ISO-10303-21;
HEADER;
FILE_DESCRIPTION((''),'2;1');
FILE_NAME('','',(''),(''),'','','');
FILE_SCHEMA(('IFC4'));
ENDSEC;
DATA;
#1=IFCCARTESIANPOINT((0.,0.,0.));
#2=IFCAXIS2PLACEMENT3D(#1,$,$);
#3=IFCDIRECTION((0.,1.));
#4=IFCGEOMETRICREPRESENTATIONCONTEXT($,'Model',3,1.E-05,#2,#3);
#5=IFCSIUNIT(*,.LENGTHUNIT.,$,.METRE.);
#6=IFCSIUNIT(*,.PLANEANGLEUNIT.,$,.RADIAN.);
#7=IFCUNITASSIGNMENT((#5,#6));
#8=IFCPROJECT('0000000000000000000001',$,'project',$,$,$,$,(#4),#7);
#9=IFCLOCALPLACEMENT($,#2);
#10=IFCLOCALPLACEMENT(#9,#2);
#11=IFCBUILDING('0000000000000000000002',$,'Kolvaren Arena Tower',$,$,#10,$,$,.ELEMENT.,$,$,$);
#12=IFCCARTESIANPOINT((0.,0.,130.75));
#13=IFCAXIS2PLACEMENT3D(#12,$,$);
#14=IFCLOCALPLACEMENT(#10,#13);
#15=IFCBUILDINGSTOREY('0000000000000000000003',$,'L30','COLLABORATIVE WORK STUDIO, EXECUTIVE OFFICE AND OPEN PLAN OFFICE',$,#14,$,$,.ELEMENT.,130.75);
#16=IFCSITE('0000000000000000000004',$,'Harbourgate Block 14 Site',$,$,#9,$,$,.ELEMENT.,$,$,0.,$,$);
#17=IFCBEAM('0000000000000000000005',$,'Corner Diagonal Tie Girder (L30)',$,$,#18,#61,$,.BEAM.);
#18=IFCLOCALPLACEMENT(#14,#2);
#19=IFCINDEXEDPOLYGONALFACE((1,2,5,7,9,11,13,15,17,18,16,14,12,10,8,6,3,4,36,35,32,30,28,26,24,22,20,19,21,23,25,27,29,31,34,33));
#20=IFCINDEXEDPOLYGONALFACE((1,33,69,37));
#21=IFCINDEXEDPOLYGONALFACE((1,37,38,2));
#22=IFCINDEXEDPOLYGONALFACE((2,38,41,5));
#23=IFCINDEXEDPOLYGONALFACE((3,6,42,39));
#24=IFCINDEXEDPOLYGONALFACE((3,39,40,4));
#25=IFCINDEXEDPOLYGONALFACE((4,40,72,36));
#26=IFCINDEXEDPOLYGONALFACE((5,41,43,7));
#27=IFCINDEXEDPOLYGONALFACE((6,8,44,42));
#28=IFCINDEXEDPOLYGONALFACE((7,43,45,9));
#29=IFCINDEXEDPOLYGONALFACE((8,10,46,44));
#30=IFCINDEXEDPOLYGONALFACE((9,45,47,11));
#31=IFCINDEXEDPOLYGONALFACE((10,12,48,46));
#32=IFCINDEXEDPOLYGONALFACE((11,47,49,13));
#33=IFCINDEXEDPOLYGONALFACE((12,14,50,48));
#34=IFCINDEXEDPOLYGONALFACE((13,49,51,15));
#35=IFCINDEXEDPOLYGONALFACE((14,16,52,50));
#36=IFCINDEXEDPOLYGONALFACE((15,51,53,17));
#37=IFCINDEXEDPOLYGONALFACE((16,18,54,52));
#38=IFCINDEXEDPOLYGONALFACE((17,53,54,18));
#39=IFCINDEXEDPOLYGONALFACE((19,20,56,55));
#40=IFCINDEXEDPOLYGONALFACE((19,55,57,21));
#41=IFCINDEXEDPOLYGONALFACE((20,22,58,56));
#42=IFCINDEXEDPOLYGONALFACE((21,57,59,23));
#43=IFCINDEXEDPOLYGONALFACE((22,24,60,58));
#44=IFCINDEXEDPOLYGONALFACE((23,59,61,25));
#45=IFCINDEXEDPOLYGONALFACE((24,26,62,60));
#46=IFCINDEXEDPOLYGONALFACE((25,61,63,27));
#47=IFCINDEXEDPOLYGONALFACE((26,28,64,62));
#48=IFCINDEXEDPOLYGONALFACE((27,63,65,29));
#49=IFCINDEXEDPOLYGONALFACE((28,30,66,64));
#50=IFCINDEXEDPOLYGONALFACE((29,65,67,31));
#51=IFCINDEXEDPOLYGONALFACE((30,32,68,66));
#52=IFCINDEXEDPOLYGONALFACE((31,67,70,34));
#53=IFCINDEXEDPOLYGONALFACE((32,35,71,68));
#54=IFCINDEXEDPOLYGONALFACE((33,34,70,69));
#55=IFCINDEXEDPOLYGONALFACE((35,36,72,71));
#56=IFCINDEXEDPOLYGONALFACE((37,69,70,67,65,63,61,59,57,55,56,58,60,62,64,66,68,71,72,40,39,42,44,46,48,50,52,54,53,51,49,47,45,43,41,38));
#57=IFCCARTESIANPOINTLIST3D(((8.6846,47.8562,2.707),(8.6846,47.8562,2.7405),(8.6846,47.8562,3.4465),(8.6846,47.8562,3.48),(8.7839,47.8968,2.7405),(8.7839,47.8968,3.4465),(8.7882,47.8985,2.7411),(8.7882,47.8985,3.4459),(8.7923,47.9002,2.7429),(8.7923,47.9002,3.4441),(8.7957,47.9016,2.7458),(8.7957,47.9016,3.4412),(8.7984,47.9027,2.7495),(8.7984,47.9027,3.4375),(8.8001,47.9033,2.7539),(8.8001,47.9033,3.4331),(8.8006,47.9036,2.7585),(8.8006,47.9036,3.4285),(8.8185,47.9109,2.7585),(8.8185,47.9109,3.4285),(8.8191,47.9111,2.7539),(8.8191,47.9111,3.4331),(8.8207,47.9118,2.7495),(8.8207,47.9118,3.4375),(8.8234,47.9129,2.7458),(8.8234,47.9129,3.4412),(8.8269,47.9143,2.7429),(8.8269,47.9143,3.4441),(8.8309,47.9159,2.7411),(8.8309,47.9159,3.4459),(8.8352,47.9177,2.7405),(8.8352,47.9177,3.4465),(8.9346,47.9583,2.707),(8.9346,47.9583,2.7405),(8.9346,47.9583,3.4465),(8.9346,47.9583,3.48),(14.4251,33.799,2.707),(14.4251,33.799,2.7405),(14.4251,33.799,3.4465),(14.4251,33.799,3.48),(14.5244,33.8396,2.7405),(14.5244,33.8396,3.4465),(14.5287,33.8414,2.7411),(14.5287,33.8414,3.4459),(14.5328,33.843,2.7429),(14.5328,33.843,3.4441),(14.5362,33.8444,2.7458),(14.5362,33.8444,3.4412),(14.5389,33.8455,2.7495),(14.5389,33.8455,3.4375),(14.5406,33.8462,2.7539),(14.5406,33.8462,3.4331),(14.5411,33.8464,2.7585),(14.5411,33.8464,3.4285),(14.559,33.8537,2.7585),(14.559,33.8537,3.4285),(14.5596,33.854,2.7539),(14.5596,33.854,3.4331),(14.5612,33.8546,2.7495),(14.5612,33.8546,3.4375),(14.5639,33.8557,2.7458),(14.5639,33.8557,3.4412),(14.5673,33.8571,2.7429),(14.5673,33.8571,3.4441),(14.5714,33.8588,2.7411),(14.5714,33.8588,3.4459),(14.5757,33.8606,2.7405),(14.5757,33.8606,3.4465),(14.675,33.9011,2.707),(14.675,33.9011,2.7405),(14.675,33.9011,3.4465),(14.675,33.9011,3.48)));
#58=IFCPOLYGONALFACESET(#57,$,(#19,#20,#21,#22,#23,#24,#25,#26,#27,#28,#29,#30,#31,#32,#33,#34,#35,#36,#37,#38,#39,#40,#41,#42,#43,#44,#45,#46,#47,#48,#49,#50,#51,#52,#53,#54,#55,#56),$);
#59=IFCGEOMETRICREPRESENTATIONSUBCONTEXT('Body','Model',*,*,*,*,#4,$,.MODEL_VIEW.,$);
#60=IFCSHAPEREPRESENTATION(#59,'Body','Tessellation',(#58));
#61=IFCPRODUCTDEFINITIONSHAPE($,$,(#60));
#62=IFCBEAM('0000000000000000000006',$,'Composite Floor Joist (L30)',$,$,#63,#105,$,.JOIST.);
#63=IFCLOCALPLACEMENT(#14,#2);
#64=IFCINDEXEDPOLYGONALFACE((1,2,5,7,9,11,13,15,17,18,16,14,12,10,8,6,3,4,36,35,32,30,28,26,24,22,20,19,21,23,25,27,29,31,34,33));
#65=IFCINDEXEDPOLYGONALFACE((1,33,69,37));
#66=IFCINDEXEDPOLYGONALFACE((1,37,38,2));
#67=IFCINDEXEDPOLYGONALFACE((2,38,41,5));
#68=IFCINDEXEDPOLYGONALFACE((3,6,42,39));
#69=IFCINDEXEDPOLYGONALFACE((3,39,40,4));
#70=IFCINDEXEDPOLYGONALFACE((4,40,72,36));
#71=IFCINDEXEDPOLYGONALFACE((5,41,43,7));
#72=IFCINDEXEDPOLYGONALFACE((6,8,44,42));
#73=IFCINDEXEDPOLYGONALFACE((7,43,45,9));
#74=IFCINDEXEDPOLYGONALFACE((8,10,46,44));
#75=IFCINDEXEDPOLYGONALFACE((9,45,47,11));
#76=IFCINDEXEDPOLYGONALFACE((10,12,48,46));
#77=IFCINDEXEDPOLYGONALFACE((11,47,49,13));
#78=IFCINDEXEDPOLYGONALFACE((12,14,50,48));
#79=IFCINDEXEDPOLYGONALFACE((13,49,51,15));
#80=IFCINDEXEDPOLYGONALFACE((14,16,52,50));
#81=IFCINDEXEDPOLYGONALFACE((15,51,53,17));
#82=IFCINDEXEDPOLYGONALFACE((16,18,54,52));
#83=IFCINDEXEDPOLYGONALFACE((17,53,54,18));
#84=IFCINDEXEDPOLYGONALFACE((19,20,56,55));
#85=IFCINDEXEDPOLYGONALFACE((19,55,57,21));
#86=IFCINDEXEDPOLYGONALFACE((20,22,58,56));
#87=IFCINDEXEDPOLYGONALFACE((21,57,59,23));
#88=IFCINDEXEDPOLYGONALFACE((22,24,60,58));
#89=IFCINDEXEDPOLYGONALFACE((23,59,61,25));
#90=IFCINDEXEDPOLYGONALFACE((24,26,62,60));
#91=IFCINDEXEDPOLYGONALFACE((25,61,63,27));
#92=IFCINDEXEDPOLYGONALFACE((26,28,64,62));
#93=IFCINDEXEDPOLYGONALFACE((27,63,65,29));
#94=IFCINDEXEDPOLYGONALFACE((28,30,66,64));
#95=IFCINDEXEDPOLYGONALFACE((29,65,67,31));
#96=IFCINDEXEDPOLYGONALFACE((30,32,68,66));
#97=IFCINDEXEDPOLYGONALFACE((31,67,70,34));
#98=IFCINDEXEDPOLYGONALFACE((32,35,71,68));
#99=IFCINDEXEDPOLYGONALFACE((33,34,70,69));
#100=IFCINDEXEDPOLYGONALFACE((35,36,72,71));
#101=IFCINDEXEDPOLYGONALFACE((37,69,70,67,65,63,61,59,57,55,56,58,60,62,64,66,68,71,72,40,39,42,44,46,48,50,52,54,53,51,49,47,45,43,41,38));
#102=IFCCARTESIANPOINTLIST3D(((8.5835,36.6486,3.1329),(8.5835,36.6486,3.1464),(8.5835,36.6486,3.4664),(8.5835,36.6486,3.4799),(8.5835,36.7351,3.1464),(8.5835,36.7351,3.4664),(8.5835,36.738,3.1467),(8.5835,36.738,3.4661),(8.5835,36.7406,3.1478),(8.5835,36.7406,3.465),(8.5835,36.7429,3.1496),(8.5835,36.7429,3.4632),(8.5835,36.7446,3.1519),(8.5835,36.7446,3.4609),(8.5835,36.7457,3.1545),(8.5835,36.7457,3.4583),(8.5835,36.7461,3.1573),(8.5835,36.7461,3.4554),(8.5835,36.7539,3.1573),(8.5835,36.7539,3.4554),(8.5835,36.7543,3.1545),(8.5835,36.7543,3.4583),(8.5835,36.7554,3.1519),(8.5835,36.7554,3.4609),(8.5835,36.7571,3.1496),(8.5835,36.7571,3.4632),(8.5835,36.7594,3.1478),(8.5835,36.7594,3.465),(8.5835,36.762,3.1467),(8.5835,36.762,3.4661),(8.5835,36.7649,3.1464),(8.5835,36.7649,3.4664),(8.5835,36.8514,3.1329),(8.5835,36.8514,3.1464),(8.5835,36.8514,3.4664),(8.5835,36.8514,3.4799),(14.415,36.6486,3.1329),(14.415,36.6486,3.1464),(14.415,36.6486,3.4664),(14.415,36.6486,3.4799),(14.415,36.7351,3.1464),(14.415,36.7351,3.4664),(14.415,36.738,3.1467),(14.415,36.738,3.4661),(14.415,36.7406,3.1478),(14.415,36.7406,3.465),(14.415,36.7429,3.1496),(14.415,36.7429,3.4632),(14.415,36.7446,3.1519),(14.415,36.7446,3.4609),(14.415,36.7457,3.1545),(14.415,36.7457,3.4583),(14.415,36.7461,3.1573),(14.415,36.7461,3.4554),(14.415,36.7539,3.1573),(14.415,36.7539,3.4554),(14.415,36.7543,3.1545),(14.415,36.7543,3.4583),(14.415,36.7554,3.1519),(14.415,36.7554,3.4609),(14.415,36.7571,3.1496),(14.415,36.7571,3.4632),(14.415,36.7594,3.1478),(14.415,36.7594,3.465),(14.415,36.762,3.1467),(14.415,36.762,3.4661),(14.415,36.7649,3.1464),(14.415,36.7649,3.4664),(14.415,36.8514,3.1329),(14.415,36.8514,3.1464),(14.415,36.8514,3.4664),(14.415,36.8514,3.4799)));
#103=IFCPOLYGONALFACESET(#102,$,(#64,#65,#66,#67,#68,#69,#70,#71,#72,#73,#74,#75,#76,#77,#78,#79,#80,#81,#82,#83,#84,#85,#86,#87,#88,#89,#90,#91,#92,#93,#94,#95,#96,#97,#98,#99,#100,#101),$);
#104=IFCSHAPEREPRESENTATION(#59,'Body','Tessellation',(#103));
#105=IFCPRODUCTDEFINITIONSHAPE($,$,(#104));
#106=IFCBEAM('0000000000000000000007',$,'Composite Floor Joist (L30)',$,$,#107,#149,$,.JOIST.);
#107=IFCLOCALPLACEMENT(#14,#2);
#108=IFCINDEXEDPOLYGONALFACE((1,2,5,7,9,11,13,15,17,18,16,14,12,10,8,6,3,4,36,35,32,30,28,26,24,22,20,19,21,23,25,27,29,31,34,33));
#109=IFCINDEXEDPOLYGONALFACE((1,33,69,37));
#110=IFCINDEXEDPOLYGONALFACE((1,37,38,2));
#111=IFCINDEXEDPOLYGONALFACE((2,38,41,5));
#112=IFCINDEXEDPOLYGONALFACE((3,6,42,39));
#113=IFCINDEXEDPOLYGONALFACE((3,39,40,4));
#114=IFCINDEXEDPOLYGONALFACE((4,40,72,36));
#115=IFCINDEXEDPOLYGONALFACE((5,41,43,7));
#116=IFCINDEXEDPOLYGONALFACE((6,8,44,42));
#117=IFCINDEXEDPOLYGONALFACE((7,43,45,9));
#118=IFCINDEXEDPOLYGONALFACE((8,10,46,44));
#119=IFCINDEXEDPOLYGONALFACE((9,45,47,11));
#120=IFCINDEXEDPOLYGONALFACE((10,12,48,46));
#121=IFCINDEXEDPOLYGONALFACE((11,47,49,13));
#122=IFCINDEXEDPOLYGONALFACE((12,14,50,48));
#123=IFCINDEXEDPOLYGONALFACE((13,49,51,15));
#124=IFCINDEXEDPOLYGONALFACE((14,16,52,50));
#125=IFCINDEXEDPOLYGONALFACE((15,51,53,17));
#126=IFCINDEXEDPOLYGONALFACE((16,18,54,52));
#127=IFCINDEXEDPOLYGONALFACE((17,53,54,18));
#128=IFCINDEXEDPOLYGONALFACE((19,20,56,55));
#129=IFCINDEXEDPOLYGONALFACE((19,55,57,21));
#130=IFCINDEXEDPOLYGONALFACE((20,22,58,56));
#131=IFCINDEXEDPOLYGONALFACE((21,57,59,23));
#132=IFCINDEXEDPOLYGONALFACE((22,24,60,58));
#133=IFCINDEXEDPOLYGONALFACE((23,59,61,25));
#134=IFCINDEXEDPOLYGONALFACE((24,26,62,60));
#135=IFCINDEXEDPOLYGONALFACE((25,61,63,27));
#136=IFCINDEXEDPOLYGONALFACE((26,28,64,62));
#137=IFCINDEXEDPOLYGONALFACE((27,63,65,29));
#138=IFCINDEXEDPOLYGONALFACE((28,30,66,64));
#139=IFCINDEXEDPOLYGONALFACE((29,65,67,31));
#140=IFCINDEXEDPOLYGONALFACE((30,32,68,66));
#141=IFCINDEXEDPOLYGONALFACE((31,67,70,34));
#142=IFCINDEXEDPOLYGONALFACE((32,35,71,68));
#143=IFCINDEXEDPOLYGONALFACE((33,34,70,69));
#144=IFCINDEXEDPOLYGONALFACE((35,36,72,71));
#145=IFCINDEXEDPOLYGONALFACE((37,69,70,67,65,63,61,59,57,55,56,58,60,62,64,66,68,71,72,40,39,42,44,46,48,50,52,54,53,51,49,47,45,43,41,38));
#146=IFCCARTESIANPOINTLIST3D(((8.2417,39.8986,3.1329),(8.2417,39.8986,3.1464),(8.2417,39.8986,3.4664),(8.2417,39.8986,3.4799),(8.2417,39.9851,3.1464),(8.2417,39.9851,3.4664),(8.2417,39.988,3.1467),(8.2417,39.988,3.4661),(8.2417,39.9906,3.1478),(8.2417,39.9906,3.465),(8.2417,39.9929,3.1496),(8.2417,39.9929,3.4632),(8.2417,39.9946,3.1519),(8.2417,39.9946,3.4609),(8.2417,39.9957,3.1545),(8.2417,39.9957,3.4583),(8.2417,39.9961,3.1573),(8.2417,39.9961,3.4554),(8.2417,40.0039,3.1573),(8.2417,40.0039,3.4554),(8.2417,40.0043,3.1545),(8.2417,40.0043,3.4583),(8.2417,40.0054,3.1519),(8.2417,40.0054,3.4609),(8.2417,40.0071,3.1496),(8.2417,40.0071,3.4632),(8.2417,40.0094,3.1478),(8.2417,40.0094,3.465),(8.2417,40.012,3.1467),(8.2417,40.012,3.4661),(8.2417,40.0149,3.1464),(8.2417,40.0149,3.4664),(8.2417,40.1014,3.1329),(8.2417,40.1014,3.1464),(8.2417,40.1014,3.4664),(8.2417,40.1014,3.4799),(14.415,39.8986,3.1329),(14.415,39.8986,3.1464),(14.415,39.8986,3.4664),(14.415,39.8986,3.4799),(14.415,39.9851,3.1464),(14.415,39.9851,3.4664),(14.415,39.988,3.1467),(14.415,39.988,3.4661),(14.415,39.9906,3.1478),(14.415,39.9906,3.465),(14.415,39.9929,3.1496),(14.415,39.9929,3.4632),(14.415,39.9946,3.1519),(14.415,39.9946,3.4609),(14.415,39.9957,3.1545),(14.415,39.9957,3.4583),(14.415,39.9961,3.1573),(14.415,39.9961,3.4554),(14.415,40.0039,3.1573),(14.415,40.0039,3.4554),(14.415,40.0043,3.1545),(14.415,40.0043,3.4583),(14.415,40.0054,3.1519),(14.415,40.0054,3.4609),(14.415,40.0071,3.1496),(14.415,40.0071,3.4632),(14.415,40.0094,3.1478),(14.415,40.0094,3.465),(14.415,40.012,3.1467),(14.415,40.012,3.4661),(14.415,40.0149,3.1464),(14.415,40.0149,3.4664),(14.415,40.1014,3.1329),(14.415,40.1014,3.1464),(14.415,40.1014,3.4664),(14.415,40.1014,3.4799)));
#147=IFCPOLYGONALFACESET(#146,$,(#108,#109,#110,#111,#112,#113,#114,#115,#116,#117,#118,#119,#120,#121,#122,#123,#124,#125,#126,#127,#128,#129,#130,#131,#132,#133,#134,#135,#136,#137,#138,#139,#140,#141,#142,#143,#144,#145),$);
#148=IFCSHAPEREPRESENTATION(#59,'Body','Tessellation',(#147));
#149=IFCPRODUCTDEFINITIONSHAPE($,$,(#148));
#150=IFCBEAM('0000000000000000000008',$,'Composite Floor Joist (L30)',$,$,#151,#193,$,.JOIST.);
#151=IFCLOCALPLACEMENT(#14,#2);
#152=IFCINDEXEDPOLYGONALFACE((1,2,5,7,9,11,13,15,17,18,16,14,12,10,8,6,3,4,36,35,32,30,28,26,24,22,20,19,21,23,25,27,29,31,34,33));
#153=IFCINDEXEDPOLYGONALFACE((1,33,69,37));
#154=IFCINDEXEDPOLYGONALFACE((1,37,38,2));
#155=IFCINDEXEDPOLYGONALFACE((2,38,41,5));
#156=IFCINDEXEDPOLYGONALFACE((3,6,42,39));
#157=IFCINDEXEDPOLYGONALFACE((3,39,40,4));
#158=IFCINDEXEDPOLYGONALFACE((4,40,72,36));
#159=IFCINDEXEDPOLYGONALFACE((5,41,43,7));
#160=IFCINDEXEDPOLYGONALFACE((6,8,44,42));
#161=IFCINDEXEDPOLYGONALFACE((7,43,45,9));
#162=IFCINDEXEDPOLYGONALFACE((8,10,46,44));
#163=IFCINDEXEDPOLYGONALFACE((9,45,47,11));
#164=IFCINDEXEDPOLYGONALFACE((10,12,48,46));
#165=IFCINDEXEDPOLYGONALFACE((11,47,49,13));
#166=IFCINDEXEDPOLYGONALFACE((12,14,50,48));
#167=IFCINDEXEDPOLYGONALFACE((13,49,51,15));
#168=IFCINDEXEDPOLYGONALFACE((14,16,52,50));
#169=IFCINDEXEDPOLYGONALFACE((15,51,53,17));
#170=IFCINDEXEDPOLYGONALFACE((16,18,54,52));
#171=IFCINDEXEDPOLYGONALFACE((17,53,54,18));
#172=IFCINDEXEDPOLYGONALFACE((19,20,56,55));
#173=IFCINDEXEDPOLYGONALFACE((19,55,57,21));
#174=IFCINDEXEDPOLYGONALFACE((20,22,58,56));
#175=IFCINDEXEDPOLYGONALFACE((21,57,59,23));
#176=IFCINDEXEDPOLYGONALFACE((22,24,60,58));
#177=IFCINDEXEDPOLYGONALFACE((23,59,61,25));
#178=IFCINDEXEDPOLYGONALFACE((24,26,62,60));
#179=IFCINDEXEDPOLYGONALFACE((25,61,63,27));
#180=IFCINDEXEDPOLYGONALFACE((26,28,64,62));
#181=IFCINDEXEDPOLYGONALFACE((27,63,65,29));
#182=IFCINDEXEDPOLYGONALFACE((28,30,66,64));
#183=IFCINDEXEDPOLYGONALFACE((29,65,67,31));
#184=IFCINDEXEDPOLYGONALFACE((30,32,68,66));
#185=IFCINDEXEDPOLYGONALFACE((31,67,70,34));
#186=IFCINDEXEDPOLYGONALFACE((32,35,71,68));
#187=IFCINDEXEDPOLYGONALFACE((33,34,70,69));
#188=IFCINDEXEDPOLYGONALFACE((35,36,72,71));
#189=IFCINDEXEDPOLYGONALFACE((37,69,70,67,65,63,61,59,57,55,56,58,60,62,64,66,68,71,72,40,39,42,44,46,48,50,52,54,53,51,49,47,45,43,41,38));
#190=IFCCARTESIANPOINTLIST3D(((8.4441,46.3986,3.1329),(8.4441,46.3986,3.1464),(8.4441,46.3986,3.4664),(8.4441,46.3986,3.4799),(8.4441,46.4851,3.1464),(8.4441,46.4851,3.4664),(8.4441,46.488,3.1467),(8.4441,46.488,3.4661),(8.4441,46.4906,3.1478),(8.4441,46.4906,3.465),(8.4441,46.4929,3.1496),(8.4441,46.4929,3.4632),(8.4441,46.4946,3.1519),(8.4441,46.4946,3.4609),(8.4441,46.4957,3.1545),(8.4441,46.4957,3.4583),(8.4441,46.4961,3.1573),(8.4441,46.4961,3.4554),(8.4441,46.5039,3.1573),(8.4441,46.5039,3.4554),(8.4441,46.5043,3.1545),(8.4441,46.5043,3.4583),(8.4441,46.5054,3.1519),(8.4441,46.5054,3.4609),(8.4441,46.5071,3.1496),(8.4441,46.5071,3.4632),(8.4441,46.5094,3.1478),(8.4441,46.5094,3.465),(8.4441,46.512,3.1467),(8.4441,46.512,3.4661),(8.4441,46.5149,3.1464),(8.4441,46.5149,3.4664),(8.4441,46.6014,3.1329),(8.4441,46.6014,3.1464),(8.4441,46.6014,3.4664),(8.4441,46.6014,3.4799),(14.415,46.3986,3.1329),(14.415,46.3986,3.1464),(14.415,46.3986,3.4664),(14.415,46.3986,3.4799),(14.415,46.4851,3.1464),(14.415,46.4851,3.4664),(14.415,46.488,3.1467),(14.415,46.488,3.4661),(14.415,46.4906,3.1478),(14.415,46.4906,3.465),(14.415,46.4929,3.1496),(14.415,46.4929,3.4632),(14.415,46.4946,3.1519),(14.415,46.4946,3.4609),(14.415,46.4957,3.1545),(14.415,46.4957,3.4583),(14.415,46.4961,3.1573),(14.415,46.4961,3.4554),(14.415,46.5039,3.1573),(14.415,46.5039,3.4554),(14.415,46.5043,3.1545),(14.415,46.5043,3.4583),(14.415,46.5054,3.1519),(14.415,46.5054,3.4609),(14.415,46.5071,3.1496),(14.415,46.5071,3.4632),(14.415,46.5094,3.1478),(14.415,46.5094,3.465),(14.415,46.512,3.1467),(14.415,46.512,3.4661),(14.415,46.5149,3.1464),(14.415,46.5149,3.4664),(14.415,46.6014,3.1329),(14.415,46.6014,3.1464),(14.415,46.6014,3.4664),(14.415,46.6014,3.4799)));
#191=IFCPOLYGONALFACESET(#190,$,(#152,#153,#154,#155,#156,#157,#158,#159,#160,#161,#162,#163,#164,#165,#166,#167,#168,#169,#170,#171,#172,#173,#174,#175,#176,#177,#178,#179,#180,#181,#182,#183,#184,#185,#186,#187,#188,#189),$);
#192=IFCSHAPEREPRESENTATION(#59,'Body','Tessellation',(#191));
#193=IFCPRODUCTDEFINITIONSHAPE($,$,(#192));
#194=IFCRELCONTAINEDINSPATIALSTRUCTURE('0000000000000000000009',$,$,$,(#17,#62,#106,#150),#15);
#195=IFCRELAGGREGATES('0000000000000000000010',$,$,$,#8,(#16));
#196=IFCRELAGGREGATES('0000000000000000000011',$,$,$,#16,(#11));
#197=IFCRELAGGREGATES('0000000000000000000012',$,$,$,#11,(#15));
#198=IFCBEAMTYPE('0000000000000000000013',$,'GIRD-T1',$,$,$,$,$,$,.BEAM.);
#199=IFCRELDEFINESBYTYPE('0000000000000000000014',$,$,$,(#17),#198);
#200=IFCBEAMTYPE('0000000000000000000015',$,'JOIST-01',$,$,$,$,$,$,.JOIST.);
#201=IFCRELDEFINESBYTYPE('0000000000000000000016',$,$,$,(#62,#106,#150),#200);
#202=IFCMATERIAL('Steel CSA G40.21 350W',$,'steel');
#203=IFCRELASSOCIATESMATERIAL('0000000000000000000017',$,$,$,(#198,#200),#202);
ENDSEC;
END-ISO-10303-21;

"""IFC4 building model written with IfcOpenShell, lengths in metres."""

from ifc_helpers import new_model, si_unit, direction, frame, origin, origin_2d, place, context, subcontext, project, spatial, i_section, extrude, material, material_profile, profile_set, type_object, element, save


model = new_model("IFC4")

# Units and contexts
model_context = context("Model", 3, precision=1e-05, world=origin(), true_north=direction((0.0, 1.0)))
body_context = subcontext(model_context, "Body", "Model", "MODEL_VIEW")
ifc_project = project(units=[si_unit("LENGTHUNIT", "METRE"), si_unit("PLANEANGLEUNIT", "RADIAN")], contexts=[model_context])

# Site, building, storey
site_placement = place(None, origin())
site = spatial("IfcSite", under=ifc_project, at=site_placement, Name="Harbourgate Block 14 Site", CompositionType="ELEMENT", RefElevation=0.0)
building_placement = place(site_placement, origin())
building = spatial("IfcBuilding", under=site, at=building_placement, Name="Kolvaren Arena Tower", CompositionType="ELEMENT")
storey_placement = place(building_placement, frame((0.0, 0.0, 130.75)))
storey = spatial("IfcBuildingStorey", under=building, at=storey_placement, Name="L30", Description="COLLABORATIVE WORK STUDIO, EXECUTIVE OFFICE AND OPEN PLAN OFFICE", CompositionType="ELEMENT", Elevation=130.75)

# Beams
ifc_material_1 = material(Name="Steel CSA G40.21 350W", Category="steel")
ifc_material_profile_1 = material_profile(ifc_material_1, i_section(OverallWidth=0.27, OverallDepth=0.7729, WebThickness=0.0193, FlangeThickness=0.0334, FilletRadius=0.0181, at=origin_2d()), Name="W760x257")
ifc_profile_set_1 = profile_set([ifc_material_profile_1], Name="Steel CSA G40.21 350W")
beam_type_1 = type_object("IfcBeamType", Name="GIRD-T1", PredefinedType="BEAM", material=ifc_profile_set_1)
beam_1_placement = place(storey_placement, frame((8.8096, 47.9072, 3.0935), z_axis=(0.378059, -0.925781, 0.0), x_axis=(0.925781, 0.378059, 0.0)))
element("IfcBeam", 1, at=beam_1_placement, inside=storey, type_object=beam_type_1, Name="Corner Diagonal Tie Girder (L30)", PredefinedType="BEAM", context=body_context, shape_type="SweptSolid", body=[
    extrude(i_section(OverallWidth=0.27, OverallDepth=0.7729, WebThickness=0.0193, FlangeThickness=0.0334, FilletRadius=0.0181, at=origin_2d()), origin(), (0.0, 0.0, 1.0), 15.1841),
])
ifc_material_profile_2 = material_profile(ifc_material_1, i_section(OverallWidth=0.2029, OverallDepth=0.3469, WebThickness=0.0078, FlangeThickness=0.0134, FilletRadius=0.011, at=origin_2d()), Name="W360x64")
ifc_profile_set_2 = profile_set([ifc_material_profile_2], Name="Steel CSA G40.21 350W")
beam_type_2 = type_object("IfcBeamType", Name="JOIST-01", PredefinedType="JOIST", material=ifc_profile_set_2)
beam_2_placement = place(storey_placement, frame((8.5835, 36.75, 3.3064), z_axis=(1.0, 0.0, 0.0), x_axis=(0.0, 1.0, 0.0)))
element("IfcBeam", 2, at=beam_2_placement, inside=storey, type_object=beam_type_2, Name="Composite Floor Joist (L30)", PredefinedType="JOIST", context=body_context, shape_type="SweptSolid", body=[
    extrude(i_section(OverallWidth=0.2029, OverallDepth=0.3469, WebThickness=0.0078, FlangeThickness=0.0134, FilletRadius=0.011, at=origin_2d()), origin(), (0.0, 0.0, 1.0), 5.8315),
])
beam_3_placement = place(storey_placement, frame((8.2417, 40.0, 3.3064), z_axis=(1.0, 0.0, 0.0), x_axis=(0.0, 1.0, 0.0)))
element("IfcBeam", 3, at=beam_3_placement, inside=storey, type_object=beam_type_2, Name="Composite Floor Joist (L30)", PredefinedType="JOIST", context=body_context, shape_type="SweptSolid", body=[
    extrude(i_section(OverallWidth=0.2029, OverallDepth=0.3469, WebThickness=0.0078, FlangeThickness=0.0134, FilletRadius=0.011, at=origin_2d()), origin(), (0.0, 0.0, 1.0), 6.1733),
])
beam_4_placement = place(storey_placement, frame((8.4441, 46.5, 3.3064), z_axis=(1.0, 0.0, 0.0), x_axis=(0.0, 1.0, 0.0)))
element("IfcBeam", 4, at=beam_4_placement, inside=storey, type_object=beam_type_2, Name="Composite Floor Joist (L30)", PredefinedType="JOIST", context=body_context, shape_type="SweptSolid", body=[
    extrude(i_section(OverallWidth=0.2029, OverallDepth=0.3469, WebThickness=0.0078, FlangeThickness=0.0134, FilletRadius=0.011, at=origin_2d()), origin(), (0.0, 0.0, 1.0), 5.9709),
])

save(model, "model.ifc")
